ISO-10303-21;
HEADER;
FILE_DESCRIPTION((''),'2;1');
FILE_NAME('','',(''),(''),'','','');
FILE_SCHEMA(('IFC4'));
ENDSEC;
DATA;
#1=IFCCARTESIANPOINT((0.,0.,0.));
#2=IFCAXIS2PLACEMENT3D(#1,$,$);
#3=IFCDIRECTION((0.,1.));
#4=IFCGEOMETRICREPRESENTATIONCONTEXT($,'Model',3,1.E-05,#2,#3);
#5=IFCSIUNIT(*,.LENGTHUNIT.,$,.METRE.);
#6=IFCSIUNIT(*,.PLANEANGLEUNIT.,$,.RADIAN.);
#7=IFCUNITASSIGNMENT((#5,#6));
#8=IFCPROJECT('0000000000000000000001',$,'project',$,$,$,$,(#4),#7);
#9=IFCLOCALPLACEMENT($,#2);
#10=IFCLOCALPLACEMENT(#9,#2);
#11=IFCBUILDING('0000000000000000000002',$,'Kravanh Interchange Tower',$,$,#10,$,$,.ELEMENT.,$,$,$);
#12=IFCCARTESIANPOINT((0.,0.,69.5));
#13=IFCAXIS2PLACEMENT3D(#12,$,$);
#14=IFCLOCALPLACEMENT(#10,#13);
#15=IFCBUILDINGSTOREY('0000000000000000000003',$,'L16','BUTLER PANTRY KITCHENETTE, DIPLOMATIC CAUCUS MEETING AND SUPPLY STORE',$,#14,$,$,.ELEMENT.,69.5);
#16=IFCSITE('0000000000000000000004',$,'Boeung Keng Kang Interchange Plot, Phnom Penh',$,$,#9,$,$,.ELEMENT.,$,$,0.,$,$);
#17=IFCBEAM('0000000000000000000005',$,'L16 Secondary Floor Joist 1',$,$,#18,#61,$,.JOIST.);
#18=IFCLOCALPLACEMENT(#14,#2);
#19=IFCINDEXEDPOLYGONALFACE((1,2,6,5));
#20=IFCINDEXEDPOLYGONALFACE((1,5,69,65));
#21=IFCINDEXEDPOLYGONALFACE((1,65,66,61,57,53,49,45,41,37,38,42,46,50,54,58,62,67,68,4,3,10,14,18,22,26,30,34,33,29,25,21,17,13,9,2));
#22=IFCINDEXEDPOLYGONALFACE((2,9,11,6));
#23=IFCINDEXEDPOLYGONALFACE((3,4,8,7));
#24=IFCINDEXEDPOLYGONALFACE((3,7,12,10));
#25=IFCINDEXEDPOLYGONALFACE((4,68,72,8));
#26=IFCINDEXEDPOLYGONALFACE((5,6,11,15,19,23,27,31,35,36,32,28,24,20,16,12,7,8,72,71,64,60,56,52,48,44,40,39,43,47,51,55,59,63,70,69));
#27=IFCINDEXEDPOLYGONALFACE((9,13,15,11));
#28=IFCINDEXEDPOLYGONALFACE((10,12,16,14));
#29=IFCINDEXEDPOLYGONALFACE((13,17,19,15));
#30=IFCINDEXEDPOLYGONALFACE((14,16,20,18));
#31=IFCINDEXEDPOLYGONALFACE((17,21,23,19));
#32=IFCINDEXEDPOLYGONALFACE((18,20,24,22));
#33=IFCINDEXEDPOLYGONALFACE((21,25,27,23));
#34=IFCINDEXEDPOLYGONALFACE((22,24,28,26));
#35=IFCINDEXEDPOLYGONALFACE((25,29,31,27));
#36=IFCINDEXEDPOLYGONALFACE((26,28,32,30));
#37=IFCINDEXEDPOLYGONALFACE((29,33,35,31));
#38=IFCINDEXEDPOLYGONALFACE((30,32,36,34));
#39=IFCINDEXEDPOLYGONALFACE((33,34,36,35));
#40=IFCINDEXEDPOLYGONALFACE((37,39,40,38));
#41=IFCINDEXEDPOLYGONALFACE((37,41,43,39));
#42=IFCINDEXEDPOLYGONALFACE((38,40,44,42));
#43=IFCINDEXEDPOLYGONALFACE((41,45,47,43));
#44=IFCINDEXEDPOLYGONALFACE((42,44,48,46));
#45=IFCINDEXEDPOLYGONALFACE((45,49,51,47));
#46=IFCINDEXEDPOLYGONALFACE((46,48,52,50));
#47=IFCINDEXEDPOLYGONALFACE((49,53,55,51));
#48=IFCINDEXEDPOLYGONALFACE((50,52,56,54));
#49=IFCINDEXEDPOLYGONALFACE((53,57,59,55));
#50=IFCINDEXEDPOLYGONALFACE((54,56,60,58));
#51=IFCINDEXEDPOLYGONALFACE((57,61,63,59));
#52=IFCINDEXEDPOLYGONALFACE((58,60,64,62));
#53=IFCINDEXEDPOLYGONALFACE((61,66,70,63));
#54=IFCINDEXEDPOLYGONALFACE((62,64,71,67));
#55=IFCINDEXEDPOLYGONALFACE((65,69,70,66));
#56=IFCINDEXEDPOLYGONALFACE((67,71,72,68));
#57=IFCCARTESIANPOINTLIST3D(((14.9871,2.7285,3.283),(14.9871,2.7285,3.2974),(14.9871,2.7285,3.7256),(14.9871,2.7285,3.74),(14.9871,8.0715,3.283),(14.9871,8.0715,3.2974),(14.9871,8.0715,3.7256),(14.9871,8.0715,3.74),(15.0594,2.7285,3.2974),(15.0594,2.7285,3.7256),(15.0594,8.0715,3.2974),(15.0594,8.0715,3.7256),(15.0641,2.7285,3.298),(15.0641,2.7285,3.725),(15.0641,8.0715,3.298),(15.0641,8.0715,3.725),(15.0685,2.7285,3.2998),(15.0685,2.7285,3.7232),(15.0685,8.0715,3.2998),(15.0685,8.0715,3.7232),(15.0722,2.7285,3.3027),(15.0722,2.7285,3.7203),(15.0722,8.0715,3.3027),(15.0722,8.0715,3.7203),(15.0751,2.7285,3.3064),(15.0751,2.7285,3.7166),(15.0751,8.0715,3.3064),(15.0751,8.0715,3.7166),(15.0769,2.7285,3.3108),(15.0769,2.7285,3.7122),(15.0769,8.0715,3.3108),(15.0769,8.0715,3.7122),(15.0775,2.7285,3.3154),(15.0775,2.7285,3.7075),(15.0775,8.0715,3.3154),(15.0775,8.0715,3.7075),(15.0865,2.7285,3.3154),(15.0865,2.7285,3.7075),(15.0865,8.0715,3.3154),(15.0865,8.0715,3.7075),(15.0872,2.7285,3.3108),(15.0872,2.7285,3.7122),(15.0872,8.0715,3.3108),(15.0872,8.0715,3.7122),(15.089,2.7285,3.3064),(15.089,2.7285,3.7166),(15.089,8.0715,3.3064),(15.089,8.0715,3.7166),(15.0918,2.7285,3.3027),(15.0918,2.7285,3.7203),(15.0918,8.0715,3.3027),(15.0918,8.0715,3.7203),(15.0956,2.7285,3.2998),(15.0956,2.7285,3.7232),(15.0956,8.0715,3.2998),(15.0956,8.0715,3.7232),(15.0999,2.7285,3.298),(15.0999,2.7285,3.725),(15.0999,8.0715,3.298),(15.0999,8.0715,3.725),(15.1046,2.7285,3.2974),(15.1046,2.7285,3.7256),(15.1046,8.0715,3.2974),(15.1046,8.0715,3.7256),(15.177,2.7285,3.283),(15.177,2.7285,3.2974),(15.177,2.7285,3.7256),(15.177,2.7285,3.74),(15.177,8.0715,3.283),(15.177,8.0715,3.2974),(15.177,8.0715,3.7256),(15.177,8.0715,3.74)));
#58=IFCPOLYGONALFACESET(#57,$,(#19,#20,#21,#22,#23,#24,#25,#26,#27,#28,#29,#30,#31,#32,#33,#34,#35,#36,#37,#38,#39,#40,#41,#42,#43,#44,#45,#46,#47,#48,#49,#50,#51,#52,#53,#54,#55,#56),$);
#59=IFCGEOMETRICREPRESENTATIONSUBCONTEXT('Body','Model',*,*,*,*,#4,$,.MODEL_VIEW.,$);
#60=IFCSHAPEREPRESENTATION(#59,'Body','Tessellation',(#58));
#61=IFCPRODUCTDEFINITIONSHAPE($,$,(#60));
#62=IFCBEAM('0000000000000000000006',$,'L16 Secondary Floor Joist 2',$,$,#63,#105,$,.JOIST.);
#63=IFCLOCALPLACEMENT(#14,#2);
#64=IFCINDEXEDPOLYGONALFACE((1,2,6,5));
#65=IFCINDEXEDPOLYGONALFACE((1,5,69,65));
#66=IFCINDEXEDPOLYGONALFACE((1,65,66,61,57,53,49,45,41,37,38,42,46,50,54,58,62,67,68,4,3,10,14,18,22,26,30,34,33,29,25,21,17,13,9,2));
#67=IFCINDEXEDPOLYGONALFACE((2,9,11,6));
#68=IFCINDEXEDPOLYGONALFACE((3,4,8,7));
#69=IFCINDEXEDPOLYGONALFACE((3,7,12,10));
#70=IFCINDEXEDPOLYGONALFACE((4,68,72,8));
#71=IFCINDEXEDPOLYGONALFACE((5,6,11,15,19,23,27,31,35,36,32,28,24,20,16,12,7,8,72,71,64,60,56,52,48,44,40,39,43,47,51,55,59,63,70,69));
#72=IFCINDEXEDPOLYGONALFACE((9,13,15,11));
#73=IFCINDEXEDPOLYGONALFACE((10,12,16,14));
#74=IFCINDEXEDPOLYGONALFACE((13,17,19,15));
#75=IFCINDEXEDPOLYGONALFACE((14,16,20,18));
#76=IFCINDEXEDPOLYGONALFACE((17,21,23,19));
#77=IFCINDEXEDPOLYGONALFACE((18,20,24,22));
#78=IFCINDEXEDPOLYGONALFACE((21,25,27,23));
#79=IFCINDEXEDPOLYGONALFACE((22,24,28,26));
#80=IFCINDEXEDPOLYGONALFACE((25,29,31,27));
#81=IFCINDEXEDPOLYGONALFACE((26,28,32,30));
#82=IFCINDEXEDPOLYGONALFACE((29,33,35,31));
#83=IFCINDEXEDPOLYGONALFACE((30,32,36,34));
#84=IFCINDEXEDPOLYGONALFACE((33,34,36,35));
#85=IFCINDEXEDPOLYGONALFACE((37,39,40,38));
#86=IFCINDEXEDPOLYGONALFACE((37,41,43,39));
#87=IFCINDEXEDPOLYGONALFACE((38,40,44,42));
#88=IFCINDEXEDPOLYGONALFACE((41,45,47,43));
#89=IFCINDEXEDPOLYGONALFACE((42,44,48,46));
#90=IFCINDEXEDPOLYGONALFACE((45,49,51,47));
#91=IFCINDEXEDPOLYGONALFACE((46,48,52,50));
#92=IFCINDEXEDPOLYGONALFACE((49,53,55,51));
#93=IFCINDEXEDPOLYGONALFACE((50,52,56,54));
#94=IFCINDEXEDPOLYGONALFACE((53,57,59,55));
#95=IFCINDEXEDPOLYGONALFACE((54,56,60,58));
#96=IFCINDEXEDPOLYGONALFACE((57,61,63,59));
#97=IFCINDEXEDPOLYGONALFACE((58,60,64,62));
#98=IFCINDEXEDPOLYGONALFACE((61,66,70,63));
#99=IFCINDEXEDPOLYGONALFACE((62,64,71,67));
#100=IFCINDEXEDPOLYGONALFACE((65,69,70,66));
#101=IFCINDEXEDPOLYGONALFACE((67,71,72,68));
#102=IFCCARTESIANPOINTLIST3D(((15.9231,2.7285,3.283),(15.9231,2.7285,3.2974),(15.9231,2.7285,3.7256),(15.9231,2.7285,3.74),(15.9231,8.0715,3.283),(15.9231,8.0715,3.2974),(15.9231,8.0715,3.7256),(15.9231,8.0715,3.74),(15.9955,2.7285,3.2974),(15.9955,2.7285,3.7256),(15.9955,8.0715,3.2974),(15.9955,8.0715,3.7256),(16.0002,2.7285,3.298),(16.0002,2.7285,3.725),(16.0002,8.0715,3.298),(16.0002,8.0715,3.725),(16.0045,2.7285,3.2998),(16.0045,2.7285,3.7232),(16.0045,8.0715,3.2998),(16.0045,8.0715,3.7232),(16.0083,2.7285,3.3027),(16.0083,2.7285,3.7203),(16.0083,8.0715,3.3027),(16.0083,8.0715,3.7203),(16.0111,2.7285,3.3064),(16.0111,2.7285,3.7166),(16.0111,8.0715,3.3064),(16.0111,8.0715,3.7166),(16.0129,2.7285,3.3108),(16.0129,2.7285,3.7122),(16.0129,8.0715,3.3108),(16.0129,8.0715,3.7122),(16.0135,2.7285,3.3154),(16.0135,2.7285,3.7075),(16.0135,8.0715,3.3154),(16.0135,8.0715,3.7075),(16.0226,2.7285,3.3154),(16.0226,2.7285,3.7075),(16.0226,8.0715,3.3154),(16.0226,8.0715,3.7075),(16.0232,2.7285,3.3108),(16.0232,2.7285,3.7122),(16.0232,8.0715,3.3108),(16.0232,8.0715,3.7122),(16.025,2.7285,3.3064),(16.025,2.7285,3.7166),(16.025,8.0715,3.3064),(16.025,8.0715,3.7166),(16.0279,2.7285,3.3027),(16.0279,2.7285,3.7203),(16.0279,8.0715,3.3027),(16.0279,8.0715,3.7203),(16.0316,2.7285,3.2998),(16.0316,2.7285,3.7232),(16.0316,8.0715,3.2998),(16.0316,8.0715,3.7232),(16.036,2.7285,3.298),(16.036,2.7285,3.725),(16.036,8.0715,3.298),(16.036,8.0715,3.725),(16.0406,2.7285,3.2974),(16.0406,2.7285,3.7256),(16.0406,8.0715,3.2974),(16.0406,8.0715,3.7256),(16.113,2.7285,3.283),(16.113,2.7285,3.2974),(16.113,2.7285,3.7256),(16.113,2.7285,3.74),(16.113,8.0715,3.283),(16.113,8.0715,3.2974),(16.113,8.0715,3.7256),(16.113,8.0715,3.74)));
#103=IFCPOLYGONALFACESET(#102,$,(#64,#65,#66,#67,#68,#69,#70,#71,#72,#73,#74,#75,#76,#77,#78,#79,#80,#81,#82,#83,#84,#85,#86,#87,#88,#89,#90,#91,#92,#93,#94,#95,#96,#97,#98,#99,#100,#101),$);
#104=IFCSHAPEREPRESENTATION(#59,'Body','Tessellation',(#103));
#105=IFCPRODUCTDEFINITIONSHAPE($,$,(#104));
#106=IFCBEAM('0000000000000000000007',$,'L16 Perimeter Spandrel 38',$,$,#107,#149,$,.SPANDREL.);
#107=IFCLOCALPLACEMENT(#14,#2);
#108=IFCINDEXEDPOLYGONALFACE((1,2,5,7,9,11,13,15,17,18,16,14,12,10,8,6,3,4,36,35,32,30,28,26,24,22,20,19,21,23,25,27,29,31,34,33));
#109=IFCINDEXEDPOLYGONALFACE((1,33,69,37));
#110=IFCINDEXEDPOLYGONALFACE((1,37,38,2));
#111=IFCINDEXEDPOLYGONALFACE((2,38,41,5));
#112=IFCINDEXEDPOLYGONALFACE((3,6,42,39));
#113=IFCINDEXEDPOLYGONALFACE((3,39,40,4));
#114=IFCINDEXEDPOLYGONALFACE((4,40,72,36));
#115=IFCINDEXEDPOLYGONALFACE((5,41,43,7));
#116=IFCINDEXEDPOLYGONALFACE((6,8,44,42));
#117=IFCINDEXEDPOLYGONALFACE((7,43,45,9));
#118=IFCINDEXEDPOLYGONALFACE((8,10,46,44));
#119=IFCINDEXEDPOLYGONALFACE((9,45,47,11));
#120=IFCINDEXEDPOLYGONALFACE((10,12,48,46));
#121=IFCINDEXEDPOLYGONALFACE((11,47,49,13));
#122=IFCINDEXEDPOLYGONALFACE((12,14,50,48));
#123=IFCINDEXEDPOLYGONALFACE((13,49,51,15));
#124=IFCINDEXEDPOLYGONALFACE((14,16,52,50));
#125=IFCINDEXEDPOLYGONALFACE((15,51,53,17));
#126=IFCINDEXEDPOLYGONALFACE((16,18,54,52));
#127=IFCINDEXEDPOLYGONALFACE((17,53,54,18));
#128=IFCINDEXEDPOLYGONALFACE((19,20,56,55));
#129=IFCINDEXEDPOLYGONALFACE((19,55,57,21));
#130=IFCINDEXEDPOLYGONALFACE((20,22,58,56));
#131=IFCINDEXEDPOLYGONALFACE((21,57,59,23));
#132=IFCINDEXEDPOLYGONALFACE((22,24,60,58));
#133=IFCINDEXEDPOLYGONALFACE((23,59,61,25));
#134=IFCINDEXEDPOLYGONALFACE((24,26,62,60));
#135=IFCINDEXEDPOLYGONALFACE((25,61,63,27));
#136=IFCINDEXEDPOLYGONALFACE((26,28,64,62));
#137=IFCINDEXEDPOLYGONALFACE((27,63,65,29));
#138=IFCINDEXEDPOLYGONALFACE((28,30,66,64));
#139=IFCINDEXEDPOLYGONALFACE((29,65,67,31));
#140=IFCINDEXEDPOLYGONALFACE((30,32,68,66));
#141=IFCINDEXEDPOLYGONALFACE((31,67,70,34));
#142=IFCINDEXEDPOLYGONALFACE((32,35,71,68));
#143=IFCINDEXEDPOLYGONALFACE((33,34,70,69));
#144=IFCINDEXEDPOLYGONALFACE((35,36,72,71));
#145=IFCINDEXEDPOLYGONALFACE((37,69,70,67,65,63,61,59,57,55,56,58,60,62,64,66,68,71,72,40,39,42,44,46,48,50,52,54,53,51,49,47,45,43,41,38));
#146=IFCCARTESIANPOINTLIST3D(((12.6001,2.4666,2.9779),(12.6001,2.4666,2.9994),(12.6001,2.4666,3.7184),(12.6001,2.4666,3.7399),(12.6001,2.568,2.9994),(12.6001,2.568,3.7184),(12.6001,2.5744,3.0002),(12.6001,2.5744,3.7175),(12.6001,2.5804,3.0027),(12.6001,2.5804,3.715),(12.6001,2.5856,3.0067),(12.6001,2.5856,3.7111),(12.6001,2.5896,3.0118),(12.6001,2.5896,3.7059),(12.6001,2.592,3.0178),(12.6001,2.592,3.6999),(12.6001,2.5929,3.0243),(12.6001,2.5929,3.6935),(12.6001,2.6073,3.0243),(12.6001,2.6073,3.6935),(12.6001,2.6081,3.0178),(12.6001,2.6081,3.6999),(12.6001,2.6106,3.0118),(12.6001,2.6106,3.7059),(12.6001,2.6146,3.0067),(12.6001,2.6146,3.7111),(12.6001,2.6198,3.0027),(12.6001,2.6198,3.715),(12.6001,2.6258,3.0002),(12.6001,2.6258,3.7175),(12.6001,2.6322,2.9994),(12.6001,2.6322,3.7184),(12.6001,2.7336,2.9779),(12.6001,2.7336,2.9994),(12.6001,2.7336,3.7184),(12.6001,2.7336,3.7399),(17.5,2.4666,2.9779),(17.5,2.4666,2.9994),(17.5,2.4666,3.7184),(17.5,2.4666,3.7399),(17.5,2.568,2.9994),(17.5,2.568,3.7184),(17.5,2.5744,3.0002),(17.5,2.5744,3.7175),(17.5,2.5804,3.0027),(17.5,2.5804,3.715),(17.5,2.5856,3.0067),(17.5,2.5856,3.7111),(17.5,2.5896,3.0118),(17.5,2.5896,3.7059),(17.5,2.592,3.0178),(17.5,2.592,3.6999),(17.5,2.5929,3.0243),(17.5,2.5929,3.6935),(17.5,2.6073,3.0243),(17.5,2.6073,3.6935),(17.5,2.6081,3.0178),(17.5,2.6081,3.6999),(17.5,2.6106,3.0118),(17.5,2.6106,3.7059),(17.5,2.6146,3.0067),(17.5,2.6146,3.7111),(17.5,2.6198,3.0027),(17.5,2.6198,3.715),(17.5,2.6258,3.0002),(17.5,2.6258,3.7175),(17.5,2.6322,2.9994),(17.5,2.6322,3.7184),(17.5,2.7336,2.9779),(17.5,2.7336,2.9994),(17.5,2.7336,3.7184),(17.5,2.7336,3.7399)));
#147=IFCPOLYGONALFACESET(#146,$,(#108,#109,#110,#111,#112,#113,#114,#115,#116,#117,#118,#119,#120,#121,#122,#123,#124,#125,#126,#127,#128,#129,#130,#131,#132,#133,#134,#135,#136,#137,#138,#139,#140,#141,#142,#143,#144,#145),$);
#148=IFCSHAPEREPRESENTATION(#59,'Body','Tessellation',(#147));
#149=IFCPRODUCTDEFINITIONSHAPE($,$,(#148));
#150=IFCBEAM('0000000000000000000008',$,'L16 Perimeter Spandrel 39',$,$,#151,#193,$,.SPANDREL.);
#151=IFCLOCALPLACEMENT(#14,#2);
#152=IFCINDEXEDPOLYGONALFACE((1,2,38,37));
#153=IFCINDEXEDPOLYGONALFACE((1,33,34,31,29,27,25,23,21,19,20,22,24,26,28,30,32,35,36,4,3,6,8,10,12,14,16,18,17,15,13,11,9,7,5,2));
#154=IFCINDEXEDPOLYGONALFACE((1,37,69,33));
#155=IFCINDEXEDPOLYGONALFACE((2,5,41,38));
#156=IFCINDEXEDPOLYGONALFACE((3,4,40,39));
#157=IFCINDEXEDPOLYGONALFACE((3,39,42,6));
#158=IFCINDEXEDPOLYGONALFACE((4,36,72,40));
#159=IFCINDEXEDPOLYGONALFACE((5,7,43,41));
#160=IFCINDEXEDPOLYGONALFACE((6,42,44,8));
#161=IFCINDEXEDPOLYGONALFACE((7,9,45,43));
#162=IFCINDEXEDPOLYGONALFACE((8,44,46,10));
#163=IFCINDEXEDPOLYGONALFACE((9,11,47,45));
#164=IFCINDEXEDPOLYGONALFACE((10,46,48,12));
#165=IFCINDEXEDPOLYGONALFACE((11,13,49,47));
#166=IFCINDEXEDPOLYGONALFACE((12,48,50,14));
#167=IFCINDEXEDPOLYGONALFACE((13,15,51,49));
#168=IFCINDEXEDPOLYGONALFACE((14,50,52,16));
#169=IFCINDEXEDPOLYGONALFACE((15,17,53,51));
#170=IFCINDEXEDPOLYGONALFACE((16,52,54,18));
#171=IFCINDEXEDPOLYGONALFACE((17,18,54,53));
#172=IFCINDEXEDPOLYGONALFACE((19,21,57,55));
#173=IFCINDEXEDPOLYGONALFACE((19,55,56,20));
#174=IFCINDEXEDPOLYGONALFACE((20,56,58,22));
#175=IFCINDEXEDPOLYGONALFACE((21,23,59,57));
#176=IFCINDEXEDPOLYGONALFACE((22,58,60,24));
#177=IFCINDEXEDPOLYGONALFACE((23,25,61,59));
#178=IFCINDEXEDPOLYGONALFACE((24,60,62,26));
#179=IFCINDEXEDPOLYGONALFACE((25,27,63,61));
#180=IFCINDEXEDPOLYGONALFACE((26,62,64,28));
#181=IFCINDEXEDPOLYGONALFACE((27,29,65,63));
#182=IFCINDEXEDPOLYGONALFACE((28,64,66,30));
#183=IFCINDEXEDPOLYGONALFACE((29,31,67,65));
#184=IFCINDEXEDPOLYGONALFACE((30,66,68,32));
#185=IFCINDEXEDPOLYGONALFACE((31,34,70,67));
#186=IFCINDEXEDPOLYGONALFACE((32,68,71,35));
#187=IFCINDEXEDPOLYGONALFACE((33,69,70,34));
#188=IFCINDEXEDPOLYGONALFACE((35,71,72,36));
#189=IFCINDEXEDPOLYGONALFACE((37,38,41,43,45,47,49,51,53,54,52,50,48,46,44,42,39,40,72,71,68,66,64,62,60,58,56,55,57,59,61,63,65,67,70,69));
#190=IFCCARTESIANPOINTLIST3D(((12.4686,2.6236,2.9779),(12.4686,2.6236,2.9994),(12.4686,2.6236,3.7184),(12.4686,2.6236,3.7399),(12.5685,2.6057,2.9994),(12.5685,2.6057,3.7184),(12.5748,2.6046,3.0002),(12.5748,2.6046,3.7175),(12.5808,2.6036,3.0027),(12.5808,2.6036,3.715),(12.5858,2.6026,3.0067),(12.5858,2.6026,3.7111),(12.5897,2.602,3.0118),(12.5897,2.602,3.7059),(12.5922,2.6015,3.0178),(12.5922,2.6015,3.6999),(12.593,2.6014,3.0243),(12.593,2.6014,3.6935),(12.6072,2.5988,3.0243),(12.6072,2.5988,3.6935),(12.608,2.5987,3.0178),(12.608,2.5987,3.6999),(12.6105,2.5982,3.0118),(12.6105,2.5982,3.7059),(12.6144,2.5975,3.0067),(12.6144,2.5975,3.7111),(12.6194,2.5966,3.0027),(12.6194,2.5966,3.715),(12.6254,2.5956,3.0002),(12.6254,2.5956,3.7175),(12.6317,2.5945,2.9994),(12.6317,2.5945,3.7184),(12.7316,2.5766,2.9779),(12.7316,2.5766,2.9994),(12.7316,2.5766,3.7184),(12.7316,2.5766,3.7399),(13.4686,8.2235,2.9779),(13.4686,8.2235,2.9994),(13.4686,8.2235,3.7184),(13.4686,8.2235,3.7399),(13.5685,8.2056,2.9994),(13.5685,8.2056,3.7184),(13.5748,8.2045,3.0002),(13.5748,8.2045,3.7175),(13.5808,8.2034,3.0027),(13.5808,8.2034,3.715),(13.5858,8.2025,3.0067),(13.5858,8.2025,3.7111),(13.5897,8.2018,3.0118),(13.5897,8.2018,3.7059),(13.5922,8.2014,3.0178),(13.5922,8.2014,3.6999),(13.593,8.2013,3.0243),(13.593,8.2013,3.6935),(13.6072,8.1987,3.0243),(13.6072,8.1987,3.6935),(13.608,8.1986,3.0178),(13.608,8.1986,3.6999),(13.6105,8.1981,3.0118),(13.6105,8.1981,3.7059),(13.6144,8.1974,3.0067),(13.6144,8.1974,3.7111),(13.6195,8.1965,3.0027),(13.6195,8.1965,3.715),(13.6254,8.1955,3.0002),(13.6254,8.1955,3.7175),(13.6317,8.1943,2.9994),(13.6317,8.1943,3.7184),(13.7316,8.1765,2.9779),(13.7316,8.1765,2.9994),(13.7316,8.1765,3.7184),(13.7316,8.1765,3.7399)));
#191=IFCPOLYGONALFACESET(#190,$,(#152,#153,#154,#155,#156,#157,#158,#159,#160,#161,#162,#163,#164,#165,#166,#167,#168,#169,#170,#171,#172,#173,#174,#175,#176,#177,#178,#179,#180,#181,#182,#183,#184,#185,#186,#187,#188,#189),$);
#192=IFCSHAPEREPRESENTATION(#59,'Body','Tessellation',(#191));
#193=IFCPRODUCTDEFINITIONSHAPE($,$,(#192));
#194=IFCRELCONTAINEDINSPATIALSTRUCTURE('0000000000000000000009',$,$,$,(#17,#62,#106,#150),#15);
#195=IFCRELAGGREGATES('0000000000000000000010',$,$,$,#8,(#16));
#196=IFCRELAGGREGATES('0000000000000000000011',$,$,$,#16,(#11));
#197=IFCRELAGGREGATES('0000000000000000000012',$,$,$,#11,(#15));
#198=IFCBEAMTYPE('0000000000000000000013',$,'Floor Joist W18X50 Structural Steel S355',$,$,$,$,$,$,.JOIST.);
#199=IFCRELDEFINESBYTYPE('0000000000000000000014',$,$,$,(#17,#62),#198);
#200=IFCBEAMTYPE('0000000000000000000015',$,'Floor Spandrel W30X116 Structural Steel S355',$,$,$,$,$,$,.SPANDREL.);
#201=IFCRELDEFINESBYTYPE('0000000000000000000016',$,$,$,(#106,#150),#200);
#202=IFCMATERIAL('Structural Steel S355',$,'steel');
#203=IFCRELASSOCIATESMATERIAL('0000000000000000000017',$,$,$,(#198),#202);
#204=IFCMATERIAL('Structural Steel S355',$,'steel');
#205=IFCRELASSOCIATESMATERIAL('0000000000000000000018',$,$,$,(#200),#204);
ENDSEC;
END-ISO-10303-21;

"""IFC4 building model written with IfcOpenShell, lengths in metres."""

from ifc_helpers import new_model, si_unit, direction, frame, origin, origin_2d, place, context, subcontext, project, spatial, i_section, extrude, material, material_profile, profile_set, type_object, element, save


model = new_model("IFC4")

# Units and contexts
model_context = context("Model", 3, precision=1e-05, world=origin(), true_north=direction((0.0, 1.0)))
body_context = subcontext(model_context, "Body", "Model", "MODEL_VIEW")
ifc_project = project(units=[si_unit("LENGTHUNIT", "METRE"), si_unit("PLANEANGLEUNIT", "RADIAN")], contexts=[model_context])

# Site, building, storey
site_placement = place(None, origin())
site = spatial("IfcSite", under=ifc_project, at=site_placement, Name="Boeung Keng Kang Interchange Plot, Phnom Penh", CompositionType="ELEMENT", RefElevation=0.0)
building_placement = place(site_placement, origin())
building = spatial("IfcBuilding", under=site, at=building_placement, Name="Kravanh Interchange Tower", CompositionType="ELEMENT")
storey_placement = place(building_placement, frame((0.0, 0.0, 69.5)))
storey = spatial("IfcBuildingStorey", under=building, at=storey_placement, Name="L16", Description="BUTLER PANTRY KITCHENETTE, DIPLOMATIC CAUCUS MEETING AND SUPPLY STORE", CompositionType="ELEMENT", Elevation=69.5)

# Beams
ifc_material_1 = material(Name="Structural Steel S355", Category="steel")
ifc_material_profile_1 = material_profile(ifc_material_1, i_section(OverallWidth=0.1899, OverallDepth=0.457, WebThickness=0.009, FlangeThickness=0.0144, FilletRadius=0.0181, at=origin_2d()), Name="W18X50")
ifc_profile_set_1 = profile_set([ifc_material_profile_1], Name="Structural Steel S355")
beam_type_1 = type_object("IfcBeamType", Name="Floor Joist W18X50 Structural Steel S355", PredefinedType="JOIST", material=ifc_profile_set_1)
for number, where, z_axis, x_axis, name in (
    (1, (15.082, 2.7285, 3.5115), (0.0, 1.0, 0.0), (-1.0, 0.0, 0.0), "L16 Secondary Floor Joist 1"),
    (2, (16.0181, 2.7285, 3.5115), (0.0, 1.0, 0.0), (-1.0, 0.0, 0.0), "L16 Secondary Floor Joist 2"),
):
    element("IfcBeam", number, at=place(storey_placement, frame(where, z_axis=z_axis, x_axis=x_axis)), inside=storey, type_object=beam_type_1, Name=name, PredefinedType="JOIST", context=body_context, shape_type="SweptSolid", body=[
        extrude(i_section(OverallWidth=0.1899, OverallDepth=0.457, WebThickness=0.009, FlangeThickness=0.0144, FilletRadius=0.0181, at=origin_2d()), origin(), (0.0, 0.0, 1.0), 5.343),
    ])
ifc_material_2 = material(Name="Structural Steel S355", Category="steel")
ifc_material_profile_2 = material_profile(ifc_material_2, i_section(OverallWidth=0.2671, OverallDepth=0.762, WebThickness=0.0144, FlangeThickness=0.0215, FilletRadius=0.0249, at=origin_2d()), Name="W30X116")
ifc_profile_set_2 = profile_set([ifc_material_profile_2], Name="Structural Steel S355")
beam_type_2 = type_object("IfcBeamType", Name="Floor Spandrel W30X116 Structural Steel S355", PredefinedType="SPANDREL", material=ifc_profile_set_2)
beam_1_placement = place(storey_placement, frame((12.6001, 2.6001, 3.3589), z_axis=(1.0, 0.0, 0.0), x_axis=(0.0, 1.0, 0.0)))
element("IfcBeam", 3, at=beam_1_placement, inside=storey, type_object=beam_type_2, Name="L16 Perimeter Spandrel 38", PredefinedType="SPANDREL", context=body_context, shape_type="SweptSolid", body=[
    extrude(i_section(OverallWidth=0.2671, OverallDepth=0.762, WebThickness=0.0144, FlangeThickness=0.0215, FilletRadius=0.0249, at=origin_2d()), origin(), (0.0, 0.0, 1.0), 4.8999),
])
beam_2_placement = place(storey_placement, frame((12.6001, 2.6001, 3.3589), z_axis=(0.175795, 0.984427, 0.0), x_axis=(-0.984427, 0.175795, 0.0)))
element("IfcBeam", 4, at=beam_2_placement, inside=storey, type_object=beam_type_2, Name="L16 Perimeter Spandrel 39", PredefinedType="SPANDREL", context=body_context, shape_type="SweptSolid", body=[
    extrude(i_section(OverallWidth=0.2671, OverallDepth=0.762, WebThickness=0.0144, FlangeThickness=0.0215, FilletRadius=0.0249, at=origin_2d()), origin(), (0.0, 0.0, 1.0), 5.6885),
])

save(model, "model.ifc")
